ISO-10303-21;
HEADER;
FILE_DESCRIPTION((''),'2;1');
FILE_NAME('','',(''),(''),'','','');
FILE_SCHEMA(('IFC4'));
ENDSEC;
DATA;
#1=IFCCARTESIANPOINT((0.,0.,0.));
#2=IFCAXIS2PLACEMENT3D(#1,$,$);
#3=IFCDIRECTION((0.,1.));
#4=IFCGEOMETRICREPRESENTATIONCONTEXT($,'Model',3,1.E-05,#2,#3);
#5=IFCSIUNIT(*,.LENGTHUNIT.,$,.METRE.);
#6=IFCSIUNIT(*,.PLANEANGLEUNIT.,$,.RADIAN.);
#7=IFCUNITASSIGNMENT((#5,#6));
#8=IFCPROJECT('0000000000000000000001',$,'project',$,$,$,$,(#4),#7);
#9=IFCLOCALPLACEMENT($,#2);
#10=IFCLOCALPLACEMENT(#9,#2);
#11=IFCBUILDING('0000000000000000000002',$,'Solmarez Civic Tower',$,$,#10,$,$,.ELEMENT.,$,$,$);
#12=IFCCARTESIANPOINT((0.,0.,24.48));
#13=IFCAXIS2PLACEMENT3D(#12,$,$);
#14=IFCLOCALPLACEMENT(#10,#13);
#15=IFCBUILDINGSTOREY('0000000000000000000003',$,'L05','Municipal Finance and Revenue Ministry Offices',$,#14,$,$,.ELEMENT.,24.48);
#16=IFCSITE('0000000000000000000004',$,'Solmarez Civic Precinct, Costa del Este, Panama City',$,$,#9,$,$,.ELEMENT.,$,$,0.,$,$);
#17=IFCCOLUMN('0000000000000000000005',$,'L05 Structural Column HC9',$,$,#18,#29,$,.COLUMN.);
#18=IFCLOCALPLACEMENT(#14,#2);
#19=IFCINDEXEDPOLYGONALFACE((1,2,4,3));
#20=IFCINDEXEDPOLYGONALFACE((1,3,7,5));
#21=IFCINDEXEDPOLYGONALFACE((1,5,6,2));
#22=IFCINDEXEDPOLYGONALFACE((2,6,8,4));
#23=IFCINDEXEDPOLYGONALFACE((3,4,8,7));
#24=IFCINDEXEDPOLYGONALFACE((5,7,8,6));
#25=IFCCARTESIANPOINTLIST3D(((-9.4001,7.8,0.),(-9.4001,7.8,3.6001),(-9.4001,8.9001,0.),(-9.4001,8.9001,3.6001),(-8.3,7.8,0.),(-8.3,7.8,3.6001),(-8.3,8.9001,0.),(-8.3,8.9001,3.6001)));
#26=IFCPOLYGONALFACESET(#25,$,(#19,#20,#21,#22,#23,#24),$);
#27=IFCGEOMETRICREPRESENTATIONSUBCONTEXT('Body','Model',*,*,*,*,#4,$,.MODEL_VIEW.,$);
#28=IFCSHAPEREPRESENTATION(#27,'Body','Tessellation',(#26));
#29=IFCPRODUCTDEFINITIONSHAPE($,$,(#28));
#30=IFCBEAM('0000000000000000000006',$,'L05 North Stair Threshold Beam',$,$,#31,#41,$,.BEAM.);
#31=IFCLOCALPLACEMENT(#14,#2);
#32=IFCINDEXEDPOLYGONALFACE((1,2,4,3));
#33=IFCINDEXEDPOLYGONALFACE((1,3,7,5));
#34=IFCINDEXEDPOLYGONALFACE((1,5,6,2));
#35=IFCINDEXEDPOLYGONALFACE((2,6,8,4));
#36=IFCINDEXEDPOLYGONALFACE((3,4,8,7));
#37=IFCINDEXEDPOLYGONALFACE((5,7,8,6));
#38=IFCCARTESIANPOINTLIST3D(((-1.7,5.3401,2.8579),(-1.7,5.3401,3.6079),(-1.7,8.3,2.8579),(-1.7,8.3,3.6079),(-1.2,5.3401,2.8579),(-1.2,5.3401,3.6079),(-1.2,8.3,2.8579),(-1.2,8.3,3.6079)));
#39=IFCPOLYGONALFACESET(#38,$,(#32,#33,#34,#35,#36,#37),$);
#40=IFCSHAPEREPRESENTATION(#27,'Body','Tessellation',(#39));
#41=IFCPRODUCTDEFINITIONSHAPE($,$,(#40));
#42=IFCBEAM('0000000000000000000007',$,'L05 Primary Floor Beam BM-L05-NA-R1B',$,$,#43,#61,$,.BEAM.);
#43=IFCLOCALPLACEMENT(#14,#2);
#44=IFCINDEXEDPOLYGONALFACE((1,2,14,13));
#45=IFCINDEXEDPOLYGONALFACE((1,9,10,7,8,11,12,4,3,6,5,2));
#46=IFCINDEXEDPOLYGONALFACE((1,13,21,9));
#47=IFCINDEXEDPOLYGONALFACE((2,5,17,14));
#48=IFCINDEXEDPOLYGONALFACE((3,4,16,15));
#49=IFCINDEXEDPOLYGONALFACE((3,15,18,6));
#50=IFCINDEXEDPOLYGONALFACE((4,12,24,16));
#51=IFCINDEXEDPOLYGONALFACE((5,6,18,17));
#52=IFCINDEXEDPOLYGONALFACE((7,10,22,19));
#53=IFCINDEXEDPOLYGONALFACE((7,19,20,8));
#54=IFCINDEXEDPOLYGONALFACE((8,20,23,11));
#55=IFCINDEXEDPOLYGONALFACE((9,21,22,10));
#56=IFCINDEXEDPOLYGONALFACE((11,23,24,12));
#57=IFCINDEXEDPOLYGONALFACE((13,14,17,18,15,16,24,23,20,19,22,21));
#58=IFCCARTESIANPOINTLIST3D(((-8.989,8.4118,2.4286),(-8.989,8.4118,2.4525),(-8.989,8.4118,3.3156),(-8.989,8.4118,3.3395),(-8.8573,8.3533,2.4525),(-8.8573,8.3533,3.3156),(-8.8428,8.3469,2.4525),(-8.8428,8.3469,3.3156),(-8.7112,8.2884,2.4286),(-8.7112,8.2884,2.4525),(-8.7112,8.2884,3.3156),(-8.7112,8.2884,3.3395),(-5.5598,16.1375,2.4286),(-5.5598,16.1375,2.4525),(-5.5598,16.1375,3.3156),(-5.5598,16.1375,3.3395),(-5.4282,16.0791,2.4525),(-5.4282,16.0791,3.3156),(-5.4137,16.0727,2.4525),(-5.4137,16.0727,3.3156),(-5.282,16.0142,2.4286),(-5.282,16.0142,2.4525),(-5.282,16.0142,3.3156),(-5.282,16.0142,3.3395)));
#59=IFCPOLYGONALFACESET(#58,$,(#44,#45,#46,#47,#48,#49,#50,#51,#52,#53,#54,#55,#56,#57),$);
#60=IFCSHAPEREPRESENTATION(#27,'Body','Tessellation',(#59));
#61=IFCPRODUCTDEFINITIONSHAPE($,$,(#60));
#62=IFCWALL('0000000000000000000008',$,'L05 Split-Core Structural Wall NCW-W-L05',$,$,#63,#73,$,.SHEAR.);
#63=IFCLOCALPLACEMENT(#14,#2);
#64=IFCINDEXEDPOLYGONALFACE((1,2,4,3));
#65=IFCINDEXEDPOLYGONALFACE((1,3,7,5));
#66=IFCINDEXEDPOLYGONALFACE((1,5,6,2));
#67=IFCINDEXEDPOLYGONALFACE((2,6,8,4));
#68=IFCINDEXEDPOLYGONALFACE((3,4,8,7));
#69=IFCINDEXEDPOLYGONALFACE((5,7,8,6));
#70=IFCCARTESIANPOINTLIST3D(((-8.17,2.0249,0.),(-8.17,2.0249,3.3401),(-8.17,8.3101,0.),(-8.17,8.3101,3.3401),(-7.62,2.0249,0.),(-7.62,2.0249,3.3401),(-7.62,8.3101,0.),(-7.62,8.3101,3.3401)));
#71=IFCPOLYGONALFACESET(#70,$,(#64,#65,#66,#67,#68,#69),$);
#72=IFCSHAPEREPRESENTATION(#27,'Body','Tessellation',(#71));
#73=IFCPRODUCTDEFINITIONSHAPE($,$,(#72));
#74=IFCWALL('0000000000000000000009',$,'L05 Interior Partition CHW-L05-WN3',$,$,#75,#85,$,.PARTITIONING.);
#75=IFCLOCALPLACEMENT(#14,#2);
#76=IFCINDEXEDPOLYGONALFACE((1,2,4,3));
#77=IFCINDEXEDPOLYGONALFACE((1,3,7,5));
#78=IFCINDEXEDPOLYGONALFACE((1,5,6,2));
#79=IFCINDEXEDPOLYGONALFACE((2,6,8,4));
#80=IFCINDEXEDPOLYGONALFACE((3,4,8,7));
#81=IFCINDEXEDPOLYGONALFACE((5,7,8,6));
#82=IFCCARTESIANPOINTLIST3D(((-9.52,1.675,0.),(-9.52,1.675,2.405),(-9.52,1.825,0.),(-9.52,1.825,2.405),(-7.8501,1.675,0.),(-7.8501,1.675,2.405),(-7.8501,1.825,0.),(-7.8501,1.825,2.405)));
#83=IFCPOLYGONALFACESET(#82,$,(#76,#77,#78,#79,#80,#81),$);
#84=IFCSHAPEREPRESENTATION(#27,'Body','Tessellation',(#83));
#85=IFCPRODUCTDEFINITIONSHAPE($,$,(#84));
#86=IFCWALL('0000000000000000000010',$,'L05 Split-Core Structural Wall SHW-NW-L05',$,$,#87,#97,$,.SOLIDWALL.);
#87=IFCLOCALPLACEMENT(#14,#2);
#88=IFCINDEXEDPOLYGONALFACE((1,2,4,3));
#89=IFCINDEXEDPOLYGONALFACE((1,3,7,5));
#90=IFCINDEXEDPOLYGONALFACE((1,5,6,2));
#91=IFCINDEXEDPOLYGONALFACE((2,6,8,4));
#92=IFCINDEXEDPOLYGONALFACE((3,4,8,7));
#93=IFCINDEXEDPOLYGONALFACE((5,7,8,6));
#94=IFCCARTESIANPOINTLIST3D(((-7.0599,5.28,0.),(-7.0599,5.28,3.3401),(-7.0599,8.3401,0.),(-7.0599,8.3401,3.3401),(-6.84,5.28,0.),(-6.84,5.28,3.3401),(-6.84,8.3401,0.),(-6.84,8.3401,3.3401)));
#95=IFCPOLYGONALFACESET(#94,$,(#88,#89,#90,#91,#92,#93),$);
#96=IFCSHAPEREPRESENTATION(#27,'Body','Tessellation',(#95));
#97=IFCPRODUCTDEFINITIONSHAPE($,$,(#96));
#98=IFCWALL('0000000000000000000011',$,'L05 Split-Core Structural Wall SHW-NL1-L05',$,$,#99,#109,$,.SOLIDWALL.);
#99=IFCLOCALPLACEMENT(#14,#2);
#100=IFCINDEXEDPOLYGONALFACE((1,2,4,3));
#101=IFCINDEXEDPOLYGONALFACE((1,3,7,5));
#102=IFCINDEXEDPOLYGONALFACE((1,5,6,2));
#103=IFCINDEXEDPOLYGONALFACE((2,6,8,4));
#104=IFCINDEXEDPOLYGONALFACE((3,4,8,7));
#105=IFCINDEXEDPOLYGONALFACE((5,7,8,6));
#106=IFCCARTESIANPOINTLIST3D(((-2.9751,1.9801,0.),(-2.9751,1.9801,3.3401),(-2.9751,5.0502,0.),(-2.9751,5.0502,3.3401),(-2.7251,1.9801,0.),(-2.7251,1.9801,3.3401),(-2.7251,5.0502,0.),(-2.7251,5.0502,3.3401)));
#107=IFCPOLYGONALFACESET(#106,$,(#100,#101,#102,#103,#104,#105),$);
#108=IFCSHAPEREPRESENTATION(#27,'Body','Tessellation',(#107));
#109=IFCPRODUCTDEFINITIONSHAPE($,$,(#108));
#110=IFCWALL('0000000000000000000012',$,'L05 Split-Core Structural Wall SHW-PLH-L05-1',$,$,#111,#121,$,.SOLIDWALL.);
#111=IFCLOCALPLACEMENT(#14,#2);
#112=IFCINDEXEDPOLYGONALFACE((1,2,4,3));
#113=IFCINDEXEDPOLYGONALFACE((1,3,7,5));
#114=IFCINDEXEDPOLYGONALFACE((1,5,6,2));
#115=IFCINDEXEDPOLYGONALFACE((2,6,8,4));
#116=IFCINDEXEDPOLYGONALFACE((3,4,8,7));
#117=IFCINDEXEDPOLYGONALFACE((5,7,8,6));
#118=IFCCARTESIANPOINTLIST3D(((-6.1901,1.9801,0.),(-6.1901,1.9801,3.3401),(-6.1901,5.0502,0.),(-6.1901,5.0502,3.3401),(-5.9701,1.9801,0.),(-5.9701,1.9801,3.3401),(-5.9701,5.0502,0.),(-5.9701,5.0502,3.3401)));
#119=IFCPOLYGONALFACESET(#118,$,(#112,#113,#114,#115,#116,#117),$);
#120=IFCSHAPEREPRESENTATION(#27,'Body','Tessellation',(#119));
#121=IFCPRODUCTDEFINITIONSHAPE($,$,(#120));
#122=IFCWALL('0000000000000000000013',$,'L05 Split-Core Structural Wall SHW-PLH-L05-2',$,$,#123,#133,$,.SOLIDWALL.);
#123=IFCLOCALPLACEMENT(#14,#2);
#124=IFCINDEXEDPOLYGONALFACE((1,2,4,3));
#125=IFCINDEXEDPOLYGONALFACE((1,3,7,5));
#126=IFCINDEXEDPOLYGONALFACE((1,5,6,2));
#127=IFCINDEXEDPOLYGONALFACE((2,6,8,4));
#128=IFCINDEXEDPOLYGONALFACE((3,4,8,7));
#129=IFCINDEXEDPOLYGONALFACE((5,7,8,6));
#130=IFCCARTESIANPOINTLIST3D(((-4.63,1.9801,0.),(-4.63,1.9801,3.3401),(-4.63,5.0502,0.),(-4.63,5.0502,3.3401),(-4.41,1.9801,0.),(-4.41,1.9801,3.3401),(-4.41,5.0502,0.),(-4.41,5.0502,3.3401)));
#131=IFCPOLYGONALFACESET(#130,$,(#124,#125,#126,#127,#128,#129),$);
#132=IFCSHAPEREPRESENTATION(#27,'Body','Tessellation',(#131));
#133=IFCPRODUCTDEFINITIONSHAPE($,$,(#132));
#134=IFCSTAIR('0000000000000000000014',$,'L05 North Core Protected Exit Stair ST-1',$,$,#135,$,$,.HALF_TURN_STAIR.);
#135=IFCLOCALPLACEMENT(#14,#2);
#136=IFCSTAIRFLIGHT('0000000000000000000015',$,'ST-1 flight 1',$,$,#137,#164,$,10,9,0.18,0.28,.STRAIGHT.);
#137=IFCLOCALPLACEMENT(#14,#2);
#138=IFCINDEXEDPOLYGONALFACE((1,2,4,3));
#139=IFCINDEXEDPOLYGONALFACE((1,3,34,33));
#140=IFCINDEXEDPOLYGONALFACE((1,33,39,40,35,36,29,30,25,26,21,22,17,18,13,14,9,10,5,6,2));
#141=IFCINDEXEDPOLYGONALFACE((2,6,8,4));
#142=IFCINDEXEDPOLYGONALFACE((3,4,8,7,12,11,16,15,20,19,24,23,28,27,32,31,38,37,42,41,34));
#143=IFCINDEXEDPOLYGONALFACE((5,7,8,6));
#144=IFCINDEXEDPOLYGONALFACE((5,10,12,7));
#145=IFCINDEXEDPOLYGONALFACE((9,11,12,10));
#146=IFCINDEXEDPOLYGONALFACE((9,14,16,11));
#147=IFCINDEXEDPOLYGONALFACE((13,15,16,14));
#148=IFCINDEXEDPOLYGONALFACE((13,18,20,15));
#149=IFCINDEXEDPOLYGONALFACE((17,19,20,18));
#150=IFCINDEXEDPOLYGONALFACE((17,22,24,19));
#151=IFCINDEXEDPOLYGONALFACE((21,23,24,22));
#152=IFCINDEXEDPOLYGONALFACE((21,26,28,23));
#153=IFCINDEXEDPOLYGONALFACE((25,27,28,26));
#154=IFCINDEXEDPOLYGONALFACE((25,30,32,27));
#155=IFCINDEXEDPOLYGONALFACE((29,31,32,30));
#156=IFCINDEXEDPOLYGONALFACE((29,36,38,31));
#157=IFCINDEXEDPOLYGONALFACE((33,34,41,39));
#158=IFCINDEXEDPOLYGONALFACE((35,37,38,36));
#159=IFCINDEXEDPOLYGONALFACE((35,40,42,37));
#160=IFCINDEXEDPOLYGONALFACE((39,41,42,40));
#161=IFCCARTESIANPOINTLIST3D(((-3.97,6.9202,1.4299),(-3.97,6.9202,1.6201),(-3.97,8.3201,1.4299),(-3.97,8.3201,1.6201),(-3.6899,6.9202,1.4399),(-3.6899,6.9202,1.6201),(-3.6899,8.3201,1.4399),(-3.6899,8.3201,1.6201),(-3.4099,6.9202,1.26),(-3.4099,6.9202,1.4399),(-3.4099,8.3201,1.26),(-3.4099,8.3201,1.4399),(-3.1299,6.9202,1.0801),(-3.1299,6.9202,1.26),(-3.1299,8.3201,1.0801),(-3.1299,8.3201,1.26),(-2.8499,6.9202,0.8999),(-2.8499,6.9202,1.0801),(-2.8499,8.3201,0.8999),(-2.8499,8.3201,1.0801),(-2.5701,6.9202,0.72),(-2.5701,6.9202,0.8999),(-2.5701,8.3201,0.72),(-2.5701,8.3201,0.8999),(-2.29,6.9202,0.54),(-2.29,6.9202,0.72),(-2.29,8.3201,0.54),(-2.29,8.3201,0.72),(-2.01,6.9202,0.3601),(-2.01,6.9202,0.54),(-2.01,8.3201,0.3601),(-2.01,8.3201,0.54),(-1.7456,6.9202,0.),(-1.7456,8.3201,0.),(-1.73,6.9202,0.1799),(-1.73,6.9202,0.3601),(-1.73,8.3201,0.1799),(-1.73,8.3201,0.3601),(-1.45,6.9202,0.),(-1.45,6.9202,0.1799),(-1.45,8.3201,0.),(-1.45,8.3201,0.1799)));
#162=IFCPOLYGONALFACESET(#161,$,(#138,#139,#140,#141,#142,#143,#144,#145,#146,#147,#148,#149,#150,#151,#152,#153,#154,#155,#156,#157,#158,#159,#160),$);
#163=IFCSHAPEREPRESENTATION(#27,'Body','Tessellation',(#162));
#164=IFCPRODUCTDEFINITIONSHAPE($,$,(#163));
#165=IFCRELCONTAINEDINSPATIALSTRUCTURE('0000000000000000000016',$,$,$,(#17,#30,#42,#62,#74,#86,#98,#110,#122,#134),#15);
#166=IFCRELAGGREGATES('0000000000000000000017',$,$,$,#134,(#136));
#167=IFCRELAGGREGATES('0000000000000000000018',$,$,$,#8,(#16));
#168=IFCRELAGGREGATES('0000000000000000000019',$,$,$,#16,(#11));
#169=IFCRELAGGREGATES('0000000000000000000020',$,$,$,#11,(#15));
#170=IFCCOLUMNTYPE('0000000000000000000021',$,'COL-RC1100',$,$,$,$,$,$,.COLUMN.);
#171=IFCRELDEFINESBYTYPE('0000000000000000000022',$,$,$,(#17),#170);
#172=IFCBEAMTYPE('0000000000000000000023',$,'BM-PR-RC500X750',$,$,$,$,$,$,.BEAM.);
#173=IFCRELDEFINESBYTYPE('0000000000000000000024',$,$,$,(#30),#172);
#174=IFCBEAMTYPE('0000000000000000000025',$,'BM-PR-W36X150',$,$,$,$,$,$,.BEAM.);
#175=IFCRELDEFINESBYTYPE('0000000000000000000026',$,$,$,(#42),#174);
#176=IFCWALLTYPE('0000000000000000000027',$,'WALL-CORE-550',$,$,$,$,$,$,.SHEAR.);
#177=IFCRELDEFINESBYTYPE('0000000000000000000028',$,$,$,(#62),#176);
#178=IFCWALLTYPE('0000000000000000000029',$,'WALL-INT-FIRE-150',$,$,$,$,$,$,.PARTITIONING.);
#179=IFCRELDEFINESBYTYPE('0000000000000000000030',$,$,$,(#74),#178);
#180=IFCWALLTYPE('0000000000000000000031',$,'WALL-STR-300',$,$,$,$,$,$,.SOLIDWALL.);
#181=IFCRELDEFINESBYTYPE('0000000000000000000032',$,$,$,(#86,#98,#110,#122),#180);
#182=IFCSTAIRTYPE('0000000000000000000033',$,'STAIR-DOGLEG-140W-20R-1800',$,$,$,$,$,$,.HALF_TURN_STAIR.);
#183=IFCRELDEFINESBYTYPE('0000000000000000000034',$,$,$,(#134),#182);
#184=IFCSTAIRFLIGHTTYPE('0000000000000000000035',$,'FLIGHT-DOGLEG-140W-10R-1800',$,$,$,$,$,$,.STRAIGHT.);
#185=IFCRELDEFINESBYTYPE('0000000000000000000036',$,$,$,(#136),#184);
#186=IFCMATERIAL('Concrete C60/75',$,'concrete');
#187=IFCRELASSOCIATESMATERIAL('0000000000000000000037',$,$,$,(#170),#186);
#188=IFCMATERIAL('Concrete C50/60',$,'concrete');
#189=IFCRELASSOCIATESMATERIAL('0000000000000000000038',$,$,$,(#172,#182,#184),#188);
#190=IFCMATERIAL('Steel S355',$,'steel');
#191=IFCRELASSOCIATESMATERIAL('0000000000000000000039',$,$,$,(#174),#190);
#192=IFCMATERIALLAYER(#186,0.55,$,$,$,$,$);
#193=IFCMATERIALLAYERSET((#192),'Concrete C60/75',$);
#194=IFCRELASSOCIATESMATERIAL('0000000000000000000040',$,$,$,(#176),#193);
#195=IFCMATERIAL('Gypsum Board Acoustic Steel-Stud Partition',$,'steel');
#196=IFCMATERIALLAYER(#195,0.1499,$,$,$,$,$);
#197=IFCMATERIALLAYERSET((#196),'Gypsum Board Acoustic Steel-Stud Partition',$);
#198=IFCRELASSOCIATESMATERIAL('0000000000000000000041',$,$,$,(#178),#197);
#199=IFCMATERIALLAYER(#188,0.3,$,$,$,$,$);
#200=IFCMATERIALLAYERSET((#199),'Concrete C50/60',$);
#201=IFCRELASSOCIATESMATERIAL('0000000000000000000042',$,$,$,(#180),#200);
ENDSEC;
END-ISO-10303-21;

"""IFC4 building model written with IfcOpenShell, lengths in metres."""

from ifc_helpers import new_model, si_unit, direction, frame, frame_2d, origin, origin_2d, place, context, subcontext, project, spatial, polyline, rectangle, i_section, outline, extrude, material, layer, layer_set, material_profile, profile_set, type_object, element, aggregate, save


model = new_model("IFC4")

# Units and contexts
model_context = context("Model", 3, precision=1e-05, world=origin(), true_north=direction((0.0, 1.0)))
body_context = subcontext(model_context, "Body", "Model", "MODEL_VIEW")
ifc_project = project(units=[si_unit("LENGTHUNIT", "METRE"), si_unit("PLANEANGLEUNIT", "RADIAN")], contexts=[model_context])

# Site, building, storey
site_placement = place(None, origin())
site = spatial("IfcSite", under=ifc_project, at=site_placement, Name="Solmarez Civic Precinct, Costa del Este, Panama City", CompositionType="ELEMENT", RefElevation=0.0)
building_placement = place(site_placement, origin())
building = spatial("IfcBuilding", under=site, at=building_placement, Name="Solmarez Civic Tower", CompositionType="ELEMENT")
storey_placement = place(building_placement, frame((0.0, 0.0, 24.48)))
storey = spatial("IfcBuildingStorey", under=building, at=storey_placement, Name="L05", Description="Municipal Finance and Revenue Ministry Offices", CompositionType="ELEMENT", Elevation=24.48)

# Column
ifc_material_1 = material(Name="Concrete C60/75", Category="concrete")
ifc_material_profile_1 = material_profile(ifc_material_1, rectangle(XDim=1.1001, YDim=1.1001, at=origin_2d()), Name="RC1100X1100")
ifc_profile_set_1 = profile_set([ifc_material_profile_1], Name="Concrete C60/75")
column_type = type_object("IfcColumnType", Name="COL-RC1100", PredefinedType="COLUMN", material=ifc_profile_set_1)
column_placement = place(storey_placement, frame((-8.8501, 8.3501, 0.0), z_axis=(0.0, 0.0, 1.0), x_axis=(1.0, 0.0, 0.0)))
element("IfcColumn", 1, at=column_placement, inside=storey, type_object=column_type, Name="L05 Structural Column HC9", PredefinedType="COLUMN", context=body_context, shape_type="SweptSolid", body=[
    extrude(rectangle(XDim=1.1001, YDim=1.1001, at=origin_2d()), origin(), (0.0, 0.0, 1.0), 3.6001),
])

# Beams
ifc_material_2 = material(Name="Concrete C50/60", Category="concrete")
ifc_material_profile_2 = material_profile(ifc_material_2, rectangle(XDim=0.5, YDim=0.75, at=origin_2d()), Name="RC500X750")
ifc_profile_set_2 = profile_set([ifc_material_profile_2], Name="Concrete C50/60")
beam_type_1 = type_object("IfcBeamType", Name="BM-PR-RC500X750", PredefinedType="BEAM", material=ifc_profile_set_2)
beam_1_placement = place(storey_placement, frame((-1.45, 5.3401, 3.2329), z_axis=(0.0, 1.0, 0.0), x_axis=(-1.0, 0.0, 0.0)))
element("IfcBeam", 2, at=beam_1_placement, inside=storey, type_object=beam_type_1, Name="L05 North Stair Threshold Beam", PredefinedType="BEAM", context=body_context, shape_type="SweptSolid", body=[
    extrude(rectangle(XDim=0.5, YDim=0.75, at=origin_2d()), origin(), (0.0, 0.0, 1.0), 2.96),
])
ifc_material_3 = material(Name="Steel S355", Category="steel")
ifc_material_profile_3 = material_profile(ifc_material_3, i_section(OverallWidth=0.304, OverallDepth=0.9109, WebThickness=0.0159, FlangeThickness=0.0239, at=origin_2d()), Name="W36X150")
ifc_profile_set_3 = profile_set([ifc_material_profile_3], Name="Steel S355")
beam_type_2 = type_object("IfcBeamType", Name="BM-PR-W36X150", PredefinedType="BEAM", material=ifc_profile_set_3)
beam_2_placement = place(storey_placement, frame((-8.8501, 8.3501, 2.884), z_axis=(0.405694, 0.914009, 0.0), x_axis=(-0.914009, 0.405694, 0.0)))
element("IfcBeam", 3, at=beam_2_placement, inside=storey, type_object=beam_type_2, Name="L05 Primary Floor Beam BM-L05-NA-R1B", PredefinedType="BEAM", context=body_context, shape_type="SweptSolid", body=[
    extrude(i_section(OverallWidth=0.304, OverallDepth=0.9109, WebThickness=0.0159, FlangeThickness=0.0239, at=origin_2d()), origin(), (0.0, 0.0, 1.0), 8.4526),
])

# Walls
ifc_layer_1 = layer(ifc_material_1, 0.55)
ifc_layer_set_1 = layer_set([ifc_layer_1], Name="Concrete C60/75")
wall_type_1 = type_object("IfcWallType", Name="WALL-CORE-550", PredefinedType="SHEAR", material=ifc_layer_set_1)
wall_1_placement = place(storey_placement, frame((-7.895, 2.0249, 0.0), z_axis=(0.0, 0.0, 1.0), x_axis=(0.0, 1.0, 0.0)))
element("IfcWall", 4, at=wall_1_placement, inside=storey, type_object=wall_type_1, Name="L05 Split-Core Structural Wall NCW-W-L05", PredefinedType="SHEAR", context=body_context, shape_type="SweptSolid", body=[
    extrude(rectangle(XDim=6.2852, YDim=0.55, at=frame_2d((3.1426, 0.0))), origin(), (0.0, 0.0, 1.0), 3.3401),
])
ifc_material_4 = material(Name="Gypsum Board Acoustic Steel-Stud Partition", Category="steel")
ifc_layer_2 = layer(ifc_material_4, 0.1499)
ifc_layer_set_2 = layer_set([ifc_layer_2], Name="Gypsum Board Acoustic Steel-Stud Partition")
wall_type_2 = type_object("IfcWallType", Name="WALL-INT-FIRE-150", PredefinedType="PARTITIONING", material=ifc_layer_set_2)
wall_2_placement = place(storey_placement, frame((-7.8501, 1.75, 0.0), z_axis=(0.0, 0.0, 1.0), x_axis=(-1.0, 0.0, 0.0)))
element("IfcWall", 5, at=wall_2_placement, inside=storey, type_object=wall_type_2, Name="L05 Interior Partition CHW-L05-WN3", PredefinedType="PARTITIONING", context=body_context, shape_type="SweptSolid", body=[
    extrude(rectangle(XDim=1.6699, YDim=0.1499, at=frame_2d((0.835, 0.0))), origin(), (0.0, 0.0, 1.0), 2.405),
])
ifc_layer_3 = layer(ifc_material_2, 0.3)
ifc_layer_set_3 = layer_set([ifc_layer_3], Name="Concrete C50/60")
wall_type_3 = type_object("IfcWallType", Name="WALL-STR-300", PredefinedType="SOLIDWALL", material=ifc_layer_set_3)
wall_3_placement = place(storey_placement, frame((-6.95, 5.28, 0.0), z_axis=(0.0, 0.0, 1.0), x_axis=(0.0, 1.0, 0.0)))
element("IfcWall", 6, at=wall_3_placement, inside=storey, type_object=wall_type_3, Name="L05 Split-Core Structural Wall SHW-NW-L05", PredefinedType="SOLIDWALL", context=body_context, shape_type="SweptSolid", body=[
    extrude(rectangle(XDim=3.0601, YDim=0.22, at=frame_2d((1.53, 0.0))), origin(), (0.0, 0.0, 1.0), 3.3401),
])
wall_4_placement = place(storey_placement, frame((-2.8501, 1.98, 0.0), z_axis=(0.0, 0.0, 1.0), x_axis=(0.0, 1.0, 0.0)))
element("IfcWall", 7, at=wall_4_placement, inside=storey, type_object=wall_type_3, Name="L05 Split-Core Structural Wall SHW-NL1-L05", PredefinedType="SOLIDWALL", context=body_context, shape_type="SweptSolid", body=[
    extrude(rectangle(XDim=3.0701, YDim=0.25, at=frame_2d((1.5352, 0.0))), origin(), (0.0, 0.0, 1.0), 3.3401),
])
for number, where, z_axis, x_axis, name in (
    (8, (-6.0801, 1.98, 0.0), (0.0, 0.0, 1.0), (0.0, 1.0, 0.0), "L05 Split-Core Structural Wall SHW-PLH-L05-1"),
    (9, (-4.52, 1.98, 0.0), (0.0, 0.0, 1.0), (0.0, 1.0, 0.0), "L05 Split-Core Structural Wall SHW-PLH-L05-2"),
):
    element("IfcWall", number, at=place(storey_placement, frame(where, z_axis=z_axis, x_axis=x_axis)), inside=storey, type_object=wall_type_3, Name=name, PredefinedType="SOLIDWALL", context=body_context, shape_type="SweptSolid", body=[
        extrude(rectangle(XDim=3.0701, YDim=0.22, at=frame_2d((1.5352, 0.0))), origin(), (0.0, 0.0, 1.0), 3.3401),
    ])

# Stair, stair flight
stair_type = type_object("IfcStairType", Name="STAIR-DOGLEG-140W-20R-1800", PredefinedType="HALF_TURN_STAIR", material=ifc_material_2)
stair_placement = place(storey_placement, origin())
stair = element("IfcStair", 10, at=stair_placement, inside=storey, type_object=stair_type, Name="L05 North Core Protected Exit Stair ST-1", PredefinedType="HALF_TURN_STAIR")
stair_flight_type = type_object("IfcStairFlightType", Name="FLIGHT-DOGLEG-140W-10R-1800", PredefinedType="STRAIGHT", material=ifc_material_2)
stair_flight_1_placement = place(storey_placement, frame((-1.45, 7.6201, 0.0), z_axis=(0.0, 0.0, 1.0), x_axis=(-1.0, 0.0, 0.0)))
stair_flight_1 = element("IfcStairFlight", 11, at=stair_flight_1_placement, type_object=stair_flight_type, Name="ST-1 flight 1", NumberOfRisers=10, NumberOfTreads=9, PredefinedType="STRAIGHT", RiserHeight=0.18, TreadLength=0.28, context=body_context, shape_type="SweptSolid", body=[
    extrude(outline(polyline([(0.0, 0.0), (0.0, 0.1799), (0.28, 0.1799), (0.28, 0.3601), (0.5601, 0.3601), (0.5601, 0.54), (0.8401, 0.54), (0.8401, 0.72), (1.1201, 0.72), (1.1201, 0.8999), (1.3999, 0.8999), (1.3999, 1.0801), (1.6799, 1.0801), (1.6799, 1.26), (1.96, 1.26), (1.96, 1.4399), (2.24, 1.4399), (2.24, 1.6201), (2.52, 1.6201), (2.52, 1.8), (2.52, 1.4299), (0.2957, 0.0), (0.0, 0.0)])), frame((0.0, 0.7, 0.0), z_axis=(0.0, -1.0, 0.0), x_axis=(1.0, 0.0, 0.0)), (0.0, 0.0, 1.0), 1.3999),
])
aggregate(stair, [stair_flight_1])

save(model, "model.ifc")
